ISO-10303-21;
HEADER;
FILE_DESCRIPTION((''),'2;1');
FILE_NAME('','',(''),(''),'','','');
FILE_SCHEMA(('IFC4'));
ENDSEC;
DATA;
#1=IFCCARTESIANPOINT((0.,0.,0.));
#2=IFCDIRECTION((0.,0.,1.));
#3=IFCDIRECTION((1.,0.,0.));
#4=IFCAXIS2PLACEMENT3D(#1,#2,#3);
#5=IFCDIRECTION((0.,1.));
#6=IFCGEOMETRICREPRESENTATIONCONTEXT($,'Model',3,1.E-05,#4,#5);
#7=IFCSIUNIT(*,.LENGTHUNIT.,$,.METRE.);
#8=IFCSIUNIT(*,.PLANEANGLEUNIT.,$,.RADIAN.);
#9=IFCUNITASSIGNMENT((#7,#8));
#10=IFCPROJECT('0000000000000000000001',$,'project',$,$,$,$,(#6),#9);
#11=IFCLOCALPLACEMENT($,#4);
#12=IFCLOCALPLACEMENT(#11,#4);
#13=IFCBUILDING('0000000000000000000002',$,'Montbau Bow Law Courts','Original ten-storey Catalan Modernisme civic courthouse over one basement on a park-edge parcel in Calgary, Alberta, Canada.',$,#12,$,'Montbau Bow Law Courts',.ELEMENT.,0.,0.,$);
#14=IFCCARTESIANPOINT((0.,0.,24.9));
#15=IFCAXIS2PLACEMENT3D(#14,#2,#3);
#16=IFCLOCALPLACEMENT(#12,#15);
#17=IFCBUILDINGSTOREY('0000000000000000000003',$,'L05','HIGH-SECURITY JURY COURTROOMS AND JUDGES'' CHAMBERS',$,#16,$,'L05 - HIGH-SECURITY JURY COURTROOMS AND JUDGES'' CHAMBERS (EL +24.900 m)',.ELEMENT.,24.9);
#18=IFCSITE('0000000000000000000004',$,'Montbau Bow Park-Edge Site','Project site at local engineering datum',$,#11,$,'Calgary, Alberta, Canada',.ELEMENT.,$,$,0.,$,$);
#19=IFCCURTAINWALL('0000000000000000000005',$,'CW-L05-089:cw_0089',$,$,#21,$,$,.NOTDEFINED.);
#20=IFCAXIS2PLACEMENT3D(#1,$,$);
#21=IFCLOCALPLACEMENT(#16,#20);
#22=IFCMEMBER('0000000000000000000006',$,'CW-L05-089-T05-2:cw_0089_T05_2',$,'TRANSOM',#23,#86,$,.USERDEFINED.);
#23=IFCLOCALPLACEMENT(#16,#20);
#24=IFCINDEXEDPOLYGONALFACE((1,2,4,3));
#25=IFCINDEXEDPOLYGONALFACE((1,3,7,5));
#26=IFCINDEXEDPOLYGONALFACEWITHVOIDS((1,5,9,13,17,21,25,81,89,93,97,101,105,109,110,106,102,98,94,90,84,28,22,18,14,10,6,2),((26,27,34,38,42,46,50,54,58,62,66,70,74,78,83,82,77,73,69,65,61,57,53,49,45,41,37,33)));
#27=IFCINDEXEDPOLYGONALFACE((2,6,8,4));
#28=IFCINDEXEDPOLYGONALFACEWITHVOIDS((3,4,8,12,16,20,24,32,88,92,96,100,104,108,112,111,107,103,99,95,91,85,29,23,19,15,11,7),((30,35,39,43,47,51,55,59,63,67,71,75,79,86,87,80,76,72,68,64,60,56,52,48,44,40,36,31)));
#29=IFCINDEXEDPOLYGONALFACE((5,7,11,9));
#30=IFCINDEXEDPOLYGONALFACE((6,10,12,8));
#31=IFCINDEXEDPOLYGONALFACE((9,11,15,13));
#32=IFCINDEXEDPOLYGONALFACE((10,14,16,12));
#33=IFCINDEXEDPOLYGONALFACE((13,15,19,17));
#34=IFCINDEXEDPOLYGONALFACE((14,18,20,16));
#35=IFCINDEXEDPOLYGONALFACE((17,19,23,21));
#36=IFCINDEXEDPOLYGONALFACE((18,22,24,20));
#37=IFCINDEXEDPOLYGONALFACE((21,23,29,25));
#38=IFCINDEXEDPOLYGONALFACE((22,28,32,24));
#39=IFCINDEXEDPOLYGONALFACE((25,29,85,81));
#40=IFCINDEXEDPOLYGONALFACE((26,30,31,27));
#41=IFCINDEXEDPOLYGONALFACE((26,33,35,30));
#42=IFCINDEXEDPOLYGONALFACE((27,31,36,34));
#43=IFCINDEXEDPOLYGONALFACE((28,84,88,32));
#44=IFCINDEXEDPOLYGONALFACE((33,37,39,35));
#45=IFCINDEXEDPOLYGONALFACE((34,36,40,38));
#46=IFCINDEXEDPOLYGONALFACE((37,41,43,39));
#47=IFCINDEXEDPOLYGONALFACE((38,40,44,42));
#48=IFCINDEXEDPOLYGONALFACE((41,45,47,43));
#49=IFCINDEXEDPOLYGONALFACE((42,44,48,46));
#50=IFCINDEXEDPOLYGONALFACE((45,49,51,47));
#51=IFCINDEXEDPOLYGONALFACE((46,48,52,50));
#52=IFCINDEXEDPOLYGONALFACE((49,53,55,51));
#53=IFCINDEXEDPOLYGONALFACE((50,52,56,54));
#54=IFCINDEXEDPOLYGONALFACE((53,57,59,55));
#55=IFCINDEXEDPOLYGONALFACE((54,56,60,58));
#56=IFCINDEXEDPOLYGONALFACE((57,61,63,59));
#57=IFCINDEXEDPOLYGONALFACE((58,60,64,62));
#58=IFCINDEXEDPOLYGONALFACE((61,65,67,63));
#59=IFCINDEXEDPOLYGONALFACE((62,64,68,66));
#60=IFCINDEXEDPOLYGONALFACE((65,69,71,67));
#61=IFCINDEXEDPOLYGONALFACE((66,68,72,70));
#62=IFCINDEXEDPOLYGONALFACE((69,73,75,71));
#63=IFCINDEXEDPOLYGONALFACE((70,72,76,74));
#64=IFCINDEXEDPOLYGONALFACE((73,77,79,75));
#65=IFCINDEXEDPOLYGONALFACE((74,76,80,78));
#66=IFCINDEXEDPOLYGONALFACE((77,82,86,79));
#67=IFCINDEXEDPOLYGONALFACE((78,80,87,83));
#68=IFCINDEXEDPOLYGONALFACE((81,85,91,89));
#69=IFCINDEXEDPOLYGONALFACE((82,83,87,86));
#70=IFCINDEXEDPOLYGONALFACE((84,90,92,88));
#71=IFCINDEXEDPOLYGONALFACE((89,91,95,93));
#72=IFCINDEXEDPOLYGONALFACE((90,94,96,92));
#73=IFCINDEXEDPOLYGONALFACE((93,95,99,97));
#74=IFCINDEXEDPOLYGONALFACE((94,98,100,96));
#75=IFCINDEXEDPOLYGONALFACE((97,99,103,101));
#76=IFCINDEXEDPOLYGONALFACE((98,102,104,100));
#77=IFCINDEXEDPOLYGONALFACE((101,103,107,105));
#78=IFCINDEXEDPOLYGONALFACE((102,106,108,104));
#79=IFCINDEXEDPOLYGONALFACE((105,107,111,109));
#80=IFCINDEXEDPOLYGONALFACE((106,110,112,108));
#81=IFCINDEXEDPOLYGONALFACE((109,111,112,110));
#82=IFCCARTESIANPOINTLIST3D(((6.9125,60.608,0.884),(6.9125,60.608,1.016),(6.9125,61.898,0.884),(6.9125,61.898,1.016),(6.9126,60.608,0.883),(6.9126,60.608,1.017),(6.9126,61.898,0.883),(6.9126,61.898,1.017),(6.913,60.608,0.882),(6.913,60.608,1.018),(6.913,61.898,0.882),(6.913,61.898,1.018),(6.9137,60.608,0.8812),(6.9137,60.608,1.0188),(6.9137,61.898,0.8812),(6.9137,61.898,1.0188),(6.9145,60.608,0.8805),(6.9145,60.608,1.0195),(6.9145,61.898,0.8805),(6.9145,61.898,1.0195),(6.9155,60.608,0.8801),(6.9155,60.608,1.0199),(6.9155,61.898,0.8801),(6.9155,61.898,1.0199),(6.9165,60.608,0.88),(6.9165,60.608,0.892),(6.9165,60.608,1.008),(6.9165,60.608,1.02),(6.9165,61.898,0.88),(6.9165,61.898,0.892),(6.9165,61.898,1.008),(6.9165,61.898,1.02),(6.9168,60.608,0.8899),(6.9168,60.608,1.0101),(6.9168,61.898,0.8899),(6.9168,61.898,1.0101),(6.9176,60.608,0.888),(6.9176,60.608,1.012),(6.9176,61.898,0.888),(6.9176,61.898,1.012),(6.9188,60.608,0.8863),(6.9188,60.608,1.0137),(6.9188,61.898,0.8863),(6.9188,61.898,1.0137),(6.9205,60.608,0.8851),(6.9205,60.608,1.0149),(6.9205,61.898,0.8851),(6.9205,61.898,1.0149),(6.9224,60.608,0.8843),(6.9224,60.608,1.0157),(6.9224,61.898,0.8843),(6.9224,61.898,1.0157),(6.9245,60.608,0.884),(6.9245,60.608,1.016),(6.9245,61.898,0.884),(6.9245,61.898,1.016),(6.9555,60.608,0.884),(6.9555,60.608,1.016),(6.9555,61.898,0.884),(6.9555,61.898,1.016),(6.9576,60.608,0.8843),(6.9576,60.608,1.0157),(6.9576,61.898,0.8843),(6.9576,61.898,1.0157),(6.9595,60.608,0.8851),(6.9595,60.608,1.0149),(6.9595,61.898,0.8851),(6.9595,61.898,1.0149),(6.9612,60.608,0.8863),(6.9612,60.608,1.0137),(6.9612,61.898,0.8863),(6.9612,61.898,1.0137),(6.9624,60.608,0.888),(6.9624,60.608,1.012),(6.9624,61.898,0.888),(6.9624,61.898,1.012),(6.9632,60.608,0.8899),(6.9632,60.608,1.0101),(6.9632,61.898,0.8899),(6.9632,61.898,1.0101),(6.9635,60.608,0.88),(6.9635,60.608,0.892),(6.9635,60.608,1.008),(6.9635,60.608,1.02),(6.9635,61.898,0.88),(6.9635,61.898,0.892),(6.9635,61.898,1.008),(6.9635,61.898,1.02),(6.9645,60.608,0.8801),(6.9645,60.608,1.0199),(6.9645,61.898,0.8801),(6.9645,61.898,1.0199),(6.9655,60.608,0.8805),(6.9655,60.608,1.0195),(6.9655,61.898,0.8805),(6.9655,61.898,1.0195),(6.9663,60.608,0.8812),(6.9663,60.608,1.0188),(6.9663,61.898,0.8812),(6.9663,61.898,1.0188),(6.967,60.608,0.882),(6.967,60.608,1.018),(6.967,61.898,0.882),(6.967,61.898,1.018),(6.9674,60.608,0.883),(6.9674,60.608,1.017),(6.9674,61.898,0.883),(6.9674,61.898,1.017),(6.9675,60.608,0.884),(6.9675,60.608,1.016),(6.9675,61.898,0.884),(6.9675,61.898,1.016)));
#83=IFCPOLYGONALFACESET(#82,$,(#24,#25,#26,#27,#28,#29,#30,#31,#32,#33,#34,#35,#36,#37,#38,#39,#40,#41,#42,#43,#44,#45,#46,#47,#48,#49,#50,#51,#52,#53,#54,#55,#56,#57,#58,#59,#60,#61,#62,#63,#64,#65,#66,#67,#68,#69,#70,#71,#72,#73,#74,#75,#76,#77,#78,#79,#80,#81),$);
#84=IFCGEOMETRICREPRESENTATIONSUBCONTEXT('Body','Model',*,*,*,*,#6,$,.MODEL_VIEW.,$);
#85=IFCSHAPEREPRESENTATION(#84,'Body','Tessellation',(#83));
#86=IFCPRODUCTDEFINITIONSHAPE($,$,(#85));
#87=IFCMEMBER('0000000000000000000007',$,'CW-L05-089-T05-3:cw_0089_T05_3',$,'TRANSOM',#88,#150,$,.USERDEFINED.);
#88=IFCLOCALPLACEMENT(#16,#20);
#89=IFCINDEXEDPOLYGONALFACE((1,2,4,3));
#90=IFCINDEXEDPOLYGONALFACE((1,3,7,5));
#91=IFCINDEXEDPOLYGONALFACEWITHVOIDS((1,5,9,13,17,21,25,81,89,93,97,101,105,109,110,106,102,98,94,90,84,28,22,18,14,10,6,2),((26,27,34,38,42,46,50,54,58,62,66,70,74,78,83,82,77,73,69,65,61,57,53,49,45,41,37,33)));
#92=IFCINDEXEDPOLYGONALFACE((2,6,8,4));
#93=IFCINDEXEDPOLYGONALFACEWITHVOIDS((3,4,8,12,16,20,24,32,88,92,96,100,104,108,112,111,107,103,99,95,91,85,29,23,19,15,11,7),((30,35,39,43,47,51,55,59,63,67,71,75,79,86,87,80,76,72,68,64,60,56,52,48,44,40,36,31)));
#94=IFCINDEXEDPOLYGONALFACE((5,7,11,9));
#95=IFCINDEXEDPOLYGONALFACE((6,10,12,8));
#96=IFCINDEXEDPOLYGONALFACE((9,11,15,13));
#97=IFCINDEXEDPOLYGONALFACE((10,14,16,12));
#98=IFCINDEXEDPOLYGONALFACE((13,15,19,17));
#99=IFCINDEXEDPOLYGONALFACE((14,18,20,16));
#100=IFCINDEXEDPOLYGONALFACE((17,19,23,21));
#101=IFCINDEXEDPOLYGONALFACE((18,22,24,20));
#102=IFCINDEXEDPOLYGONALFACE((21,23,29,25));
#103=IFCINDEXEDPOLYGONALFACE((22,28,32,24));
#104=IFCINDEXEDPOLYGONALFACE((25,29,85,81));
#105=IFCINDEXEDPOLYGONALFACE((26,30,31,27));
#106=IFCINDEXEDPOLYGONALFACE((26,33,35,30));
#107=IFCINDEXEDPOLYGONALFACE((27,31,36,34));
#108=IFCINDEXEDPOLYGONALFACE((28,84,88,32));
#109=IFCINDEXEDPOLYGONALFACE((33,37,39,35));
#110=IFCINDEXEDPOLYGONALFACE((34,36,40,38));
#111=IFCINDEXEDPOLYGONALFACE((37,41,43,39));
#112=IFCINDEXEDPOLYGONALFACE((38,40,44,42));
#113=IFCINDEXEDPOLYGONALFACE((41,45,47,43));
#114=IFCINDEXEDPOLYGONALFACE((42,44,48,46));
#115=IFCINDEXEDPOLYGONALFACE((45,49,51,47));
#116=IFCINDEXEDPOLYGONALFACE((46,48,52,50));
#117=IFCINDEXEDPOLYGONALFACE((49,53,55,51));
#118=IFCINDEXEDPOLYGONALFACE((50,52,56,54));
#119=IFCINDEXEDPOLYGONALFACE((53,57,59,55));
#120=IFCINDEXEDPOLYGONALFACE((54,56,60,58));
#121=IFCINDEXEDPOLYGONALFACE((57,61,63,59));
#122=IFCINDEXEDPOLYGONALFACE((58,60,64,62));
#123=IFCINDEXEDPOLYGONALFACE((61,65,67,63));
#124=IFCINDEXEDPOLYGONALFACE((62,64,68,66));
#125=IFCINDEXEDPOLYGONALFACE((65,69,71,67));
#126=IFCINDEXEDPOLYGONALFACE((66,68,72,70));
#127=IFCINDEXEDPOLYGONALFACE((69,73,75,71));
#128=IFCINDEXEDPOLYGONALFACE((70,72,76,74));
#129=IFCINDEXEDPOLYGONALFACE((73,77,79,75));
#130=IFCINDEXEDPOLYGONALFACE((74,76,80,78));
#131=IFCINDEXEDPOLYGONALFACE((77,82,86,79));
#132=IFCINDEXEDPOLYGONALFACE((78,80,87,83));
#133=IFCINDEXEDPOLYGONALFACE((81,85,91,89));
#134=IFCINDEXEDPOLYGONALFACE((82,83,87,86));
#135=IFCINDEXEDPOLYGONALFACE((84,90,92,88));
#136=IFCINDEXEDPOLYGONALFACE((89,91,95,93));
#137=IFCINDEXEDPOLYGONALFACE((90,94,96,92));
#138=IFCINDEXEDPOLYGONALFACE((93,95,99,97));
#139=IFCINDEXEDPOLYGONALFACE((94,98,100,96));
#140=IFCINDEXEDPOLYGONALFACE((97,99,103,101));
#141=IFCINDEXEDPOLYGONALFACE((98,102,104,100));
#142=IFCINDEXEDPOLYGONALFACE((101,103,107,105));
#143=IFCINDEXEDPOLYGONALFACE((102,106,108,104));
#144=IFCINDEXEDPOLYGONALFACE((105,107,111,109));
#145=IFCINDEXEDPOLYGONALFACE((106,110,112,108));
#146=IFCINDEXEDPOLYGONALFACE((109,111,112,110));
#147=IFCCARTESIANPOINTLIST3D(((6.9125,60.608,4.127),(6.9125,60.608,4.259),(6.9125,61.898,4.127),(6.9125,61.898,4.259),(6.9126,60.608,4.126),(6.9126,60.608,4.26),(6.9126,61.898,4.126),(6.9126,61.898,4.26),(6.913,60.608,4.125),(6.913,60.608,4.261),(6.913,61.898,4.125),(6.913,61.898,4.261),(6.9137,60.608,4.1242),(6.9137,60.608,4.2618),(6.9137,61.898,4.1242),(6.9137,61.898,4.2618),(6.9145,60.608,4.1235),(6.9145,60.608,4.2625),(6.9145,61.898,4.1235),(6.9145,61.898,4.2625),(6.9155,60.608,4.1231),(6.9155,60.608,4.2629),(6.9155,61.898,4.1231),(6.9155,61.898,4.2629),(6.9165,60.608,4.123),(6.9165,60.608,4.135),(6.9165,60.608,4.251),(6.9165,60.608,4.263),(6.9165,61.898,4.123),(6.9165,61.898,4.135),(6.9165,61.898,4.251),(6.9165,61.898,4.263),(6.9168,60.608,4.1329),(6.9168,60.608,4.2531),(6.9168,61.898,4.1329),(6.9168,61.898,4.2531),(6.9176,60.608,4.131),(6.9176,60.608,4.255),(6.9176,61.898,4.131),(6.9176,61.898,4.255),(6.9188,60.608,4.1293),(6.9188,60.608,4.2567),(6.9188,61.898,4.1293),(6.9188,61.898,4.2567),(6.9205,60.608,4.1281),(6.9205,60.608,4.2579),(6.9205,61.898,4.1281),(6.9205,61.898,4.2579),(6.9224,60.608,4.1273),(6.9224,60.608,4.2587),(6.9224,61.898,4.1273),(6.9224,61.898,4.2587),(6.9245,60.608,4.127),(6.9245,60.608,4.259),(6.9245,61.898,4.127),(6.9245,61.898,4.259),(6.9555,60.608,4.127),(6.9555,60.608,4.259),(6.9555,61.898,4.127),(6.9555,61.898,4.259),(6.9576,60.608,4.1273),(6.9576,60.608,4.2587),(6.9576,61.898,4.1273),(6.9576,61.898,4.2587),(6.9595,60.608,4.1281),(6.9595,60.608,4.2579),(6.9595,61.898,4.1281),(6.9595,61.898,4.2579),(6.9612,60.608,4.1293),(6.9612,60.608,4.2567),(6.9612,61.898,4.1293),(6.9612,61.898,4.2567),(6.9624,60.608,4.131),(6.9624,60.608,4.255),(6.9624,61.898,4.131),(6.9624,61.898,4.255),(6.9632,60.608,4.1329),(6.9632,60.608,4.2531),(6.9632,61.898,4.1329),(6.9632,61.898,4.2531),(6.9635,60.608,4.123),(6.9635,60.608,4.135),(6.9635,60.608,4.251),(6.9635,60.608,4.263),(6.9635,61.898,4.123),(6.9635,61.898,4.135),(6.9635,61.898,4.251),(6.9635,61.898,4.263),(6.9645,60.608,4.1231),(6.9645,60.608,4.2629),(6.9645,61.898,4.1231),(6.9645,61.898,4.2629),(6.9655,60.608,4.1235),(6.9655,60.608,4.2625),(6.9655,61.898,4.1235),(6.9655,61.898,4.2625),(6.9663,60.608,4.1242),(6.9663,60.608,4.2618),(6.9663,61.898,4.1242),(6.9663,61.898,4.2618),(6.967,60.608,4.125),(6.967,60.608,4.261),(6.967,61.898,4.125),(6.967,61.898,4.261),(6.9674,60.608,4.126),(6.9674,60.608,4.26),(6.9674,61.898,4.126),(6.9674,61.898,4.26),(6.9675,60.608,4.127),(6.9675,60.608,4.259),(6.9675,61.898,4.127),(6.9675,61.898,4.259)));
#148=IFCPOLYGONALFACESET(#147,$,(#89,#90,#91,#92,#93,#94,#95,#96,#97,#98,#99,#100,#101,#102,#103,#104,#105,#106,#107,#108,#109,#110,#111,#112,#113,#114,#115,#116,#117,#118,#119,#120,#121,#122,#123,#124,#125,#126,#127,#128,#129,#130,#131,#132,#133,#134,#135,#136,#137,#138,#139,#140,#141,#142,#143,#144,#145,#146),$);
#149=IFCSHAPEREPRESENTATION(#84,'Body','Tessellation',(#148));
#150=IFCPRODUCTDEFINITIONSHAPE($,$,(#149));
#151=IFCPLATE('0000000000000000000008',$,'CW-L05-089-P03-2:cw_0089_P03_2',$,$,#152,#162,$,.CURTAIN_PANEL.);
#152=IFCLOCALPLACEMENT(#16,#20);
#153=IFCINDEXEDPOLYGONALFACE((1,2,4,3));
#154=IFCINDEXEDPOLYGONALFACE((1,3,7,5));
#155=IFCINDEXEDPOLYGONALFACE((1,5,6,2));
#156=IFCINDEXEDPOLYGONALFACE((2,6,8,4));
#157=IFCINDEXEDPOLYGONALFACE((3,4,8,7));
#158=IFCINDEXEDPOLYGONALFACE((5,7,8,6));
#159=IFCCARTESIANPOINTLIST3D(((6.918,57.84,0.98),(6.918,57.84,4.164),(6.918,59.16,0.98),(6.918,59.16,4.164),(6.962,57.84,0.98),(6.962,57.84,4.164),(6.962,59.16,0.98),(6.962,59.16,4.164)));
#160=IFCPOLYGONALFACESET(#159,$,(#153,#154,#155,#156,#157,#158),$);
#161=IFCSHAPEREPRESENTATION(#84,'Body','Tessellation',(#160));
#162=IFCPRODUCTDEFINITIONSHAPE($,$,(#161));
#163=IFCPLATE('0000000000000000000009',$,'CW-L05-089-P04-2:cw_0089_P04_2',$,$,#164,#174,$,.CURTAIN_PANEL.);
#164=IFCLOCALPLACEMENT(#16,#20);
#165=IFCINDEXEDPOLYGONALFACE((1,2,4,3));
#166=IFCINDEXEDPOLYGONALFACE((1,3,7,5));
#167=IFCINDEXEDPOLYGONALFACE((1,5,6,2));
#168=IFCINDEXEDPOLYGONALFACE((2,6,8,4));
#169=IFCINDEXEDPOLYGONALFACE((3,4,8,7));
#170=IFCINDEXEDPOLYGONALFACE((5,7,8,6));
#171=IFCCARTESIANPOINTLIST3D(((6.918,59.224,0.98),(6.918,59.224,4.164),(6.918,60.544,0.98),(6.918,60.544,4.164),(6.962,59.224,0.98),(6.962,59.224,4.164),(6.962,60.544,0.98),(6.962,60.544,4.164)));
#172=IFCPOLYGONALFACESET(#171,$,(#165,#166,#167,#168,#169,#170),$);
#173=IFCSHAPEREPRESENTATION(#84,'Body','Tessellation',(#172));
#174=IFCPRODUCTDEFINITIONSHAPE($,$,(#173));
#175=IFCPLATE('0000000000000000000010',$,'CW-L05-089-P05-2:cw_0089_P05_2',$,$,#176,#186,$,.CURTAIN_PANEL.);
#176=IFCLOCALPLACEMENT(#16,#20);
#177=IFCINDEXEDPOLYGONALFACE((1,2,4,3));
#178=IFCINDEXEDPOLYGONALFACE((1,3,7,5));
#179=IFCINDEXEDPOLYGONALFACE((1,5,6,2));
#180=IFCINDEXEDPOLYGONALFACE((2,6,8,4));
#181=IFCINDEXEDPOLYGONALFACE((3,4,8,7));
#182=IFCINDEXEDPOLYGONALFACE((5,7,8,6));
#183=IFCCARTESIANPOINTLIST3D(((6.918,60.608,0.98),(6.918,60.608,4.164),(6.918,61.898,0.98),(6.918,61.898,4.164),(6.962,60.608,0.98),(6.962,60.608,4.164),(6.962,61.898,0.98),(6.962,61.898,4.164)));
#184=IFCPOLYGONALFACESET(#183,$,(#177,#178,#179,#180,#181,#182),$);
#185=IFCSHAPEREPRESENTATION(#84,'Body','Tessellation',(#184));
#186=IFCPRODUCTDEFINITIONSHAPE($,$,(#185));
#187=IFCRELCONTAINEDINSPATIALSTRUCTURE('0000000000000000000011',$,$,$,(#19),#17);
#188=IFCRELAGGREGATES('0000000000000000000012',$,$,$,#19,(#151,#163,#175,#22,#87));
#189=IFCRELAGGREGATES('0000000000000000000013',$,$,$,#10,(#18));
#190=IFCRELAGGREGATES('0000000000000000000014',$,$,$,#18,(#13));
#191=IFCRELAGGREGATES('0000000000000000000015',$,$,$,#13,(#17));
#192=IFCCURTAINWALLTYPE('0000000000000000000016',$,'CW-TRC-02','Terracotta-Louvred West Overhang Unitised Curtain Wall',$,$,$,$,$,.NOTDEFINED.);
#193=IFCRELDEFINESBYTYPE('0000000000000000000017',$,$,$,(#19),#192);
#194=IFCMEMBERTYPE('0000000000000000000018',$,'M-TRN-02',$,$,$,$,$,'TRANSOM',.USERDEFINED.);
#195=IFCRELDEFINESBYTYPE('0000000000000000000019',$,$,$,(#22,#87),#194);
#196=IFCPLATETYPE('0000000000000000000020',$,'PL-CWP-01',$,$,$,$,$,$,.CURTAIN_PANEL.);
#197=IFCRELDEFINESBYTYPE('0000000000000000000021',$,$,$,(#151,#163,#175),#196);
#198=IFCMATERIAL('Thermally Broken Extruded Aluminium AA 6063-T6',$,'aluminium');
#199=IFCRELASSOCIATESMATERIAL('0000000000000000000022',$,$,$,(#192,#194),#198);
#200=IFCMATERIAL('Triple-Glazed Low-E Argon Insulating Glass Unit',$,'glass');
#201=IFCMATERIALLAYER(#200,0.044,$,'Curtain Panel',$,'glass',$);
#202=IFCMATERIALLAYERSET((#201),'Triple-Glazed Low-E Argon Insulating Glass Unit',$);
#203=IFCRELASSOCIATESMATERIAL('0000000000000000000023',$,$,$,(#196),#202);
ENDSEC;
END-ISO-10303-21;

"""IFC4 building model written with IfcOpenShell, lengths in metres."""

from ifc_helpers import new_model, si_unit, direction, frame, frame_2d, origin_with_axes, origin_2d_with_axis, place, context, subcontext, project, spatial, rectangle, hollow_rectangle, extrude, material, layer, layer_set, material_profile, profile_set, type_object, element, aggregate, save


model = new_model("IFC4")

# Units and contexts
model_context = context("Model", 3, precision=1e-05, world=origin_with_axes(), true_north=direction((0.0, 1.0)))
body_context = subcontext(model_context, "Body", "Model", "MODEL_VIEW")
ifc_project = project(units=[si_unit("LENGTHUNIT", "METRE"), si_unit("PLANEANGLEUNIT", "RADIAN")], contexts=[model_context])

# Site, building, storey
site_placement = place(None, origin_with_axes())
site = spatial("IfcSite", under=ifc_project, at=site_placement, Name="Montbau Bow Park-Edge Site", Description="Project site at local engineering datum", LongName="Calgary, Alberta, Canada", CompositionType="ELEMENT", RefElevation=0.0)
building_placement = place(site_placement, origin_with_axes())
building = spatial("IfcBuilding", under=site, at=building_placement, Name="Montbau Bow Law Courts", Description="Original ten-storey Catalan Modernisme civic courthouse over one basement on a park-edge parcel in Calgary, Alberta, Canada.", LongName="Montbau Bow Law Courts", CompositionType="ELEMENT", ElevationOfRefHeight=0.0, ElevationOfTerrain=0.0)
storey_placement = place(building_placement, frame((0.0, 0.0, 24.9), z_axis=(0.0, 0.0, 1.0), x_axis=(1.0, 0.0, 0.0)))
storey = spatial("IfcBuildingStorey", under=building, at=storey_placement, Name="L05", Description="HIGH-SECURITY JURY COURTROOMS AND JUDGES' CHAMBERS", LongName="L05 - HIGH-SECURITY JURY COURTROOMS AND JUDGES' CHAMBERS (EL +24.900 m)", CompositionType="ELEMENT", Elevation=24.9)

# Curtain wall, members, plates
ifc_material_1 = material(Name="Thermally Broken Extruded Aluminium AA 6063-T6", Category="aluminium")
curtain_wall_type = type_object("IfcCurtainWallType", Name="CW-TRC-02", Description="Terracotta-Louvred West Overhang Unitised Curtain Wall", PredefinedType="NOTDEFINED", material=ifc_material_1)
curtain_wall_1_placement = place(None, frame((6.94, 55.04, 24.9), z_axis=(0.0, 0.0, 1.0), x_axis=(1.0, 0.0, 0.0)))
curtain_wall_1 = element("IfcCurtainWall", 1, at=curtain_wall_1_placement, inside=storey, type_object=curtain_wall_type, Name="CW-L05-089:cw_0089", PredefinedType="NOTDEFINED")
ifc_material_profile_1 = material_profile(ifc_material_1, hollow_rectangle(XDim=0.055, YDim=0.14, WallThickness=0.004, InnerFilletRadius=0.008, OuterFilletRadius=0.004, at=origin_2d_with_axis()), Name="CWT-140X55", Category="Main", Priority=0)
ifc_profile_set_1 = profile_set([ifc_material_profile_1], Name="Thermally Broken Extruded Aluminium AA 6063-T6")
member_type_1 = type_object("IfcMemberType", Name="M-TRN-02", ElementType="TRANSOM", PredefinedType="USERDEFINED", material=ifc_profile_set_1)
member_1_placement = place(None, frame((6.94, 60.608, 25.85), z_axis=(0.0, 1.0, 0.0), x_axis=(-1.0, 0.0, 0.0)))
member_1 = element("IfcMember", 2, at=member_1_placement, type_object=member_type_1, Name="CW-L05-089-T05-2:cw_0089_T05_2", ObjectType="TRANSOM", PredefinedType="USERDEFINED", context=body_context, shape_type="SweptSolid", body=[
    extrude(hollow_rectangle(XDim=0.055, YDim=0.14, WallThickness=0.004, InnerFilletRadius=0.008, OuterFilletRadius=0.004, at=origin_2d_with_axis()), origin_with_axes(), (0.0, 0.0, 1.0), 1.29),
])
member_2_placement = place(None, frame((6.94, 60.608, 29.093), z_axis=(0.0, 1.0, 0.0), x_axis=(-1.0, 0.0, 0.0)))
member_2 = element("IfcMember", 3, at=member_2_placement, type_object=member_type_1, Name="CW-L05-089-T05-3:cw_0089_T05_3", ObjectType="TRANSOM", PredefinedType="USERDEFINED", context=body_context, shape_type="SweptSolid", body=[
    extrude(hollow_rectangle(XDim=0.055, YDim=0.14, WallThickness=0.004, InnerFilletRadius=0.008, OuterFilletRadius=0.004, at=origin_2d_with_axis()), origin_with_axes(), (0.0, 0.0, 1.0), 1.29),
])
ifc_material_2 = material(Name="Triple-Glazed Low-E Argon Insulating Glass Unit", Category="glass")
ifc_layer_1 = layer(ifc_material_2, 0.044, Name="Curtain Panel", Category="glass")
ifc_layer_set_1 = layer_set([ifc_layer_1], Name="Triple-Glazed Low-E Argon Insulating Glass Unit")
plate_type_1 = type_object("IfcPlateType", Name="PL-CWP-01", PredefinedType="CURTAIN_PANEL", material=ifc_layer_set_1)
plate_1_placement = place(None, frame((6.94, 57.84, 25.88), z_axis=(1.0, 0.0, 0.0), x_axis=(0.0, 1.0, 0.0)))
plate_1 = element("IfcPlate", 4, at=plate_1_placement, type_object=plate_type_1, Name="CW-L05-089-P03-2:cw_0089_P03_2", PredefinedType="CURTAIN_PANEL", context=body_context, shape_type="SweptSolid", body=[
    extrude(rectangle(XDim=1.32, YDim=3.184, at=frame_2d((0.66, 1.592), x_axis=(1.0, 0.0))), frame((0.0, 0.0, -0.022), z_axis=(0.0, 0.0, 1.0), x_axis=(1.0, 0.0, 0.0)), (0.0, 0.0, 1.0), 0.044),
])
plate_2_placement = place(None, frame((6.94, 59.224, 25.88), z_axis=(1.0, 0.0, 0.0), x_axis=(0.0, 1.0, 0.0)))
plate_2 = element("IfcPlate", 5, at=plate_2_placement, type_object=plate_type_1, Name="CW-L05-089-P04-2:cw_0089_P04_2", PredefinedType="CURTAIN_PANEL", context=body_context, shape_type="SweptSolid", body=[
    extrude(rectangle(XDim=1.32, YDim=3.184, at=frame_2d((0.66, 1.592), x_axis=(1.0, 0.0))), frame((0.0, 0.0, -0.022), z_axis=(0.0, 0.0, 1.0), x_axis=(1.0, 0.0, 0.0)), (0.0, 0.0, 1.0), 0.044),
])
plate_3_placement = place(None, frame((6.94, 60.608, 25.88), z_axis=(1.0, 0.0, 0.0), x_axis=(0.0, 1.0, 0.0)))
plate_3 = element("IfcPlate", 6, at=plate_3_placement, type_object=plate_type_1, Name="CW-L05-089-P05-2:cw_0089_P05_2", PredefinedType="CURTAIN_PANEL", context=body_context, shape_type="SweptSolid", body=[
    extrude(rectangle(XDim=1.29, YDim=3.184, at=frame_2d((0.645, 1.592), x_axis=(1.0, 0.0))), frame((0.0, 0.0, -0.022), z_axis=(0.0, 0.0, 1.0), x_axis=(1.0, 0.0, 0.0)), (0.0, 0.0, 1.0), 0.044),
])

aggregate(curtain_wall_1, [plate_1, plate_2, plate_3, member_1, member_2])

save(model, "model.ifc")
